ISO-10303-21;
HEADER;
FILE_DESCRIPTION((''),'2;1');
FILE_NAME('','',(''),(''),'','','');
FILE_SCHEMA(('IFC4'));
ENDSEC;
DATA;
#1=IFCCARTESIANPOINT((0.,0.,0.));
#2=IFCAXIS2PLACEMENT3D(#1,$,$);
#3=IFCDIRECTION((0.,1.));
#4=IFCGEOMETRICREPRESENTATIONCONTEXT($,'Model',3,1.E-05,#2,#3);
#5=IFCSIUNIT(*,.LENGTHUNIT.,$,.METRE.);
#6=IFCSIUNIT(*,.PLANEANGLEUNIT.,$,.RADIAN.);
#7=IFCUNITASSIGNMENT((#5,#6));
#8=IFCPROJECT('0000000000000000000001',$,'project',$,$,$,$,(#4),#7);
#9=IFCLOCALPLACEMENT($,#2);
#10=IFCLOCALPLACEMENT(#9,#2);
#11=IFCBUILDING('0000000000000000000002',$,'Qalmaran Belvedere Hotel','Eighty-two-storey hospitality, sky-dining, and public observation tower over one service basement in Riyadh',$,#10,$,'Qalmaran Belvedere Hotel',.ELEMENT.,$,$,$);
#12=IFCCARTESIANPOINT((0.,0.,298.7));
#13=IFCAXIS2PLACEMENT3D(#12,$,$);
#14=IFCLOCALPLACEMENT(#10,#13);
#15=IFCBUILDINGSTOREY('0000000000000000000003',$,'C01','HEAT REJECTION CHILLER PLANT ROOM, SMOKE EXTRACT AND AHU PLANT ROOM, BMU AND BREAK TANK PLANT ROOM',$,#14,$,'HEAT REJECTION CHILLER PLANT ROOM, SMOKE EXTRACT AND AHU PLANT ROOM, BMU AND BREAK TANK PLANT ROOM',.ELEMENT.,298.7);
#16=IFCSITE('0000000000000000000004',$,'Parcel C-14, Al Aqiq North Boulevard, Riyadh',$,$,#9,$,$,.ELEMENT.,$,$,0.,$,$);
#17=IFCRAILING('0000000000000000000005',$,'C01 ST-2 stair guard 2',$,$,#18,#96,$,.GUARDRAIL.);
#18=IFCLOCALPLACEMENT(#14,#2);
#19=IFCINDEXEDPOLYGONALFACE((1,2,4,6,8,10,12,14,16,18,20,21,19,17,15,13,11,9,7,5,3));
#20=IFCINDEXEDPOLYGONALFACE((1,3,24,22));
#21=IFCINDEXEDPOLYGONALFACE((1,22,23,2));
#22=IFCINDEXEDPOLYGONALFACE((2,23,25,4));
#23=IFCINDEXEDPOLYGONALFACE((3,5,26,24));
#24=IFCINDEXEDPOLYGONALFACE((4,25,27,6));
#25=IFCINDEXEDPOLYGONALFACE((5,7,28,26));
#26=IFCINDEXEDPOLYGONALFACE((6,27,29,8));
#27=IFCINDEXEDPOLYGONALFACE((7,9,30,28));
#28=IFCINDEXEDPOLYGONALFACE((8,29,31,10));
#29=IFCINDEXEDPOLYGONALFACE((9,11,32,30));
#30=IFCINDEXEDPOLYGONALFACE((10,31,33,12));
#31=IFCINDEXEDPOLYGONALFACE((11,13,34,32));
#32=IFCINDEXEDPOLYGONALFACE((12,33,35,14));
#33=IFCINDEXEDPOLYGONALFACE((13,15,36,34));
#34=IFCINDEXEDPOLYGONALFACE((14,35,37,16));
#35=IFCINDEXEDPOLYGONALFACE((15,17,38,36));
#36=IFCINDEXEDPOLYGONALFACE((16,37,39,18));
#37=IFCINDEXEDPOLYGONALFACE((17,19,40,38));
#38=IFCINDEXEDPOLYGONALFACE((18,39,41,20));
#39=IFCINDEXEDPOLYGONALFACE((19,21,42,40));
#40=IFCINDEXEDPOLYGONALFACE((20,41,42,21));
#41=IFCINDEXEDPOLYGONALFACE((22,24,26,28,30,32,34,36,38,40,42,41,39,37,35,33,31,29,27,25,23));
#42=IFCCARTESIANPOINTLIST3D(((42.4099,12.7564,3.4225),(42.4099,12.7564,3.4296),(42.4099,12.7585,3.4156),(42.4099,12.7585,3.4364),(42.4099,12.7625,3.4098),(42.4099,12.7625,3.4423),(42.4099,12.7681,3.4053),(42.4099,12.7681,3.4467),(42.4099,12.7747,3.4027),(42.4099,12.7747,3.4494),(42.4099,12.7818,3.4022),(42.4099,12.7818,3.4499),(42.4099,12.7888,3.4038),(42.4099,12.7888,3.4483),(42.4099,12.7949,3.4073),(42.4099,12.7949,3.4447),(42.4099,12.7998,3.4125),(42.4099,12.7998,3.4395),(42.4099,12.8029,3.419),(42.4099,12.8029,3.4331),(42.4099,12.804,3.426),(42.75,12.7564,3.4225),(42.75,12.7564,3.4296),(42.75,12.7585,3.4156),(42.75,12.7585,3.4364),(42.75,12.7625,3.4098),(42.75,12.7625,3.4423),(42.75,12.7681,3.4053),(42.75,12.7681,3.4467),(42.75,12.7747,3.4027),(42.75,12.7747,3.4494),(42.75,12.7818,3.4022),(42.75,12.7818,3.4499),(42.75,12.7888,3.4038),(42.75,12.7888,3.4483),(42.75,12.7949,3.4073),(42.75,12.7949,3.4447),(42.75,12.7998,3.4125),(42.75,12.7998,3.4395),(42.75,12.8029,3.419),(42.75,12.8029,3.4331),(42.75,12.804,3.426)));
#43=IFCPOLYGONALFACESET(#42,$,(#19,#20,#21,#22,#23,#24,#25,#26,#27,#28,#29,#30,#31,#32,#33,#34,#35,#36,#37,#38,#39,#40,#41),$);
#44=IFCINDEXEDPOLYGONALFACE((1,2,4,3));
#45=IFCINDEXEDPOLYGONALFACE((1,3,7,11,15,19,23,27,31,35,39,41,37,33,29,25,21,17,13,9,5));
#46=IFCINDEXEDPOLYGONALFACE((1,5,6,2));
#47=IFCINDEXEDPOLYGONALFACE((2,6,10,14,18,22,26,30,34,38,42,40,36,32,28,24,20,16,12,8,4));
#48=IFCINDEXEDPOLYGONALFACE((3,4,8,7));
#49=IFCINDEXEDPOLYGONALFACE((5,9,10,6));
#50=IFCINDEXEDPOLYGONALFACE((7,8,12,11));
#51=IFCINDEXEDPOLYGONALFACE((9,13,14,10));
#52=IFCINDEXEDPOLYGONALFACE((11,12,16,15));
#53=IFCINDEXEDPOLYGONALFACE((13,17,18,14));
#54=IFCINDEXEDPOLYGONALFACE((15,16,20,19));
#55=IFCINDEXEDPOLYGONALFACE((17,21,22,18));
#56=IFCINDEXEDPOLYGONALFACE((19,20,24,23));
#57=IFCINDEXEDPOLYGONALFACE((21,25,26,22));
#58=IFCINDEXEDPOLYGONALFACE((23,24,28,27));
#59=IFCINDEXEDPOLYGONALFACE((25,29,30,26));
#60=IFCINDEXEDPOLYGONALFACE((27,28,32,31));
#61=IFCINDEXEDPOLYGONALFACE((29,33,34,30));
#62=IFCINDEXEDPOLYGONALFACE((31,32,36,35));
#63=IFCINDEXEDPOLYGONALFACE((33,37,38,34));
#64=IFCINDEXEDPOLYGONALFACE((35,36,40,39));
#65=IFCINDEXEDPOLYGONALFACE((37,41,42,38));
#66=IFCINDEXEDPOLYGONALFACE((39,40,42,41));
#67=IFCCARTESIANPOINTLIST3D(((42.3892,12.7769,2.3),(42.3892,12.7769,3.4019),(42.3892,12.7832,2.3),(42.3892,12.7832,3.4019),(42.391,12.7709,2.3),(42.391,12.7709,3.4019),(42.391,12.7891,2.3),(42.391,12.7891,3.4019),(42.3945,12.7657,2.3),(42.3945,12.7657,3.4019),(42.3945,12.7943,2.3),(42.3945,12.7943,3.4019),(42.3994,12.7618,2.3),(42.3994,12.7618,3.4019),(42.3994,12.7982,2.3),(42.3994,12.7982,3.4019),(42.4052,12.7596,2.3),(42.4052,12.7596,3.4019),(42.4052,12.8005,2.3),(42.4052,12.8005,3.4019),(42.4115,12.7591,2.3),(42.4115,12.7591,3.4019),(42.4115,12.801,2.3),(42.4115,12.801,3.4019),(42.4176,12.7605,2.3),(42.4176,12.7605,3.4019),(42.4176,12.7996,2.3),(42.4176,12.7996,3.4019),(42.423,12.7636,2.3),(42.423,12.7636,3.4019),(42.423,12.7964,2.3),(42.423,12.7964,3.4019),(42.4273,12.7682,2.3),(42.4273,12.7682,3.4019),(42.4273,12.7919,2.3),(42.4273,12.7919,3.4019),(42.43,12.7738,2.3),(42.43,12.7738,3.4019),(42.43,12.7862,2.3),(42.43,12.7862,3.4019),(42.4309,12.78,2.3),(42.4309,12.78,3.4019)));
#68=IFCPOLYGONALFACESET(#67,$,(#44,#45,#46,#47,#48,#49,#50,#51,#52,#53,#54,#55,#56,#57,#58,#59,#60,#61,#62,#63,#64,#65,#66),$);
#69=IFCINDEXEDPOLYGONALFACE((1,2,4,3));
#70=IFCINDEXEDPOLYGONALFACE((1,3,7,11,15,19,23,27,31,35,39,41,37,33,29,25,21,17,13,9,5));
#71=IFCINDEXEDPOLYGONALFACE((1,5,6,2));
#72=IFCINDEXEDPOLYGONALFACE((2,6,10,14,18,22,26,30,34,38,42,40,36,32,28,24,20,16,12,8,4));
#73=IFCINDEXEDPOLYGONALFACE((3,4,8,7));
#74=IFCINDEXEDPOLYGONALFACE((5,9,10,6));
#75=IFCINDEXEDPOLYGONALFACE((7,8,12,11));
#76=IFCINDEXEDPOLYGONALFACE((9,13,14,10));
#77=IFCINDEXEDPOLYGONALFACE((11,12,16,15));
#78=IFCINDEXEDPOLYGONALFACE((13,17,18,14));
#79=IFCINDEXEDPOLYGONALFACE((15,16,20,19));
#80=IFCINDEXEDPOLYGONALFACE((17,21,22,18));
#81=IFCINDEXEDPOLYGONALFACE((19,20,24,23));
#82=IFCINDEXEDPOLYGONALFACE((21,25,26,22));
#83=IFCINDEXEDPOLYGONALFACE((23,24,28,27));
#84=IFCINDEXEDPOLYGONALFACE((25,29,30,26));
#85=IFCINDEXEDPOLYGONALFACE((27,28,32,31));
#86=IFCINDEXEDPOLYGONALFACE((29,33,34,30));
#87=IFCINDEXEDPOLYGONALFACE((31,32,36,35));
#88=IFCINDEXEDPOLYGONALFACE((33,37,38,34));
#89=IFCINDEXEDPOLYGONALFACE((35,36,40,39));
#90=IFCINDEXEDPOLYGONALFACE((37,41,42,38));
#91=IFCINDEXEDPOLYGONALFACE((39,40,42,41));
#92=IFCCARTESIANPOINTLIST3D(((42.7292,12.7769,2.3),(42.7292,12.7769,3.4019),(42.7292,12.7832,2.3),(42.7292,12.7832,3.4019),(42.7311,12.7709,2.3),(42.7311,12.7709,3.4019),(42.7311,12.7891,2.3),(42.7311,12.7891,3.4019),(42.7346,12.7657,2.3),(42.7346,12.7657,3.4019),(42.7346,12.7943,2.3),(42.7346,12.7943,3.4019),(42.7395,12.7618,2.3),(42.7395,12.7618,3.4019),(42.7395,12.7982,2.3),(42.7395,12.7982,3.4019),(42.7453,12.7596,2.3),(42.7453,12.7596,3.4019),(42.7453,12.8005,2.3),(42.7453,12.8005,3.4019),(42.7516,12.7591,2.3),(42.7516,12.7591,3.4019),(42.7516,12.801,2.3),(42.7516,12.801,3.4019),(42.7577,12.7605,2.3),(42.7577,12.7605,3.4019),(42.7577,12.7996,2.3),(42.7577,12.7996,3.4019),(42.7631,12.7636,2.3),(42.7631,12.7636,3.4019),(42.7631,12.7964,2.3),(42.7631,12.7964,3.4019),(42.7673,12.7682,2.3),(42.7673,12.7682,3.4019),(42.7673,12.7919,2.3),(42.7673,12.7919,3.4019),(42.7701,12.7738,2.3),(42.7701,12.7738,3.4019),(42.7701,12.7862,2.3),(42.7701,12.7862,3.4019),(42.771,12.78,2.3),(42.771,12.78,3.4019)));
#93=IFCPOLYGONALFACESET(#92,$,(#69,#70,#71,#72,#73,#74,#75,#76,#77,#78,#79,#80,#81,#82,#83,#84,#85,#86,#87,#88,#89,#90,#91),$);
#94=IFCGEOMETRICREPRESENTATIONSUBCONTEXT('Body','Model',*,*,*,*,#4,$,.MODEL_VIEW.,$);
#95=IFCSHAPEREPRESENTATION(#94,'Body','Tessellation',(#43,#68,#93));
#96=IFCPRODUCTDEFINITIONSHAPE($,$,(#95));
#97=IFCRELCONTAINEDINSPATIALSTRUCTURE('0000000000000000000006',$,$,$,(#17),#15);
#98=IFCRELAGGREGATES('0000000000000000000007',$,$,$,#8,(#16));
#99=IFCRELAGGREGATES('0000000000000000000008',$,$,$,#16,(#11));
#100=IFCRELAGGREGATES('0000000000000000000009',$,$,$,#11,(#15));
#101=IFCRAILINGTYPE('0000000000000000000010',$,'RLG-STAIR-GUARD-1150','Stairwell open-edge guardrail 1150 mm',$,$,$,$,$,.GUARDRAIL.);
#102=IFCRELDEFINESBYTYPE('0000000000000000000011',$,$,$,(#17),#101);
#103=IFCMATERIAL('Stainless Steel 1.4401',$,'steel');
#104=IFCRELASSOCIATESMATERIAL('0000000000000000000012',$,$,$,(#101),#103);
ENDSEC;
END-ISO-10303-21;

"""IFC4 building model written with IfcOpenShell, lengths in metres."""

from ifc_helpers import new_model, si_unit, direction, frame, origin, origin_2d, place, context, subcontext, project, spatial, circle, extrude, material, type_object, element, save


model = new_model("IFC4")

# Units and contexts
model_context = context("Model", 3, precision=1e-05, world=origin(), true_north=direction((0.0, 1.0)))
body_context = subcontext(model_context, "Body", "Model", "MODEL_VIEW")
ifc_project = project(units=[si_unit("LENGTHUNIT", "METRE"), si_unit("PLANEANGLEUNIT", "RADIAN")], contexts=[model_context])

# Site, building, storey
site_placement = place(None, origin())
site = spatial("IfcSite", under=ifc_project, at=site_placement, Name="Parcel C-14, Al Aqiq North Boulevard, Riyadh", CompositionType="ELEMENT", RefElevation=0.0)
building_placement = place(site_placement, origin())
building = spatial("IfcBuilding", under=site, at=building_placement, Name="Qalmaran Belvedere Hotel", Description="Eighty-two-storey hospitality, sky-dining, and public observation tower over one service basement in Riyadh", LongName="Qalmaran Belvedere Hotel", CompositionType="ELEMENT")
storey_placement = place(building_placement, frame((0.0, 0.0, 298.7)))
storey = spatial("IfcBuildingStorey", under=building, at=storey_placement, Name="C01", Description="HEAT REJECTION CHILLER PLANT ROOM, SMOKE EXTRACT AND AHU PLANT ROOM, BMU AND BREAK TANK PLANT ROOM", LongName="HEAT REJECTION CHILLER PLANT ROOM, SMOKE EXTRACT AND AHU PLANT ROOM, BMU AND BREAK TANK PLANT ROOM", CompositionType="ELEMENT", Elevation=298.7)

# Railing
ifc_material_1 = material(Name="Stainless Steel 1.4401", Category="steel")
railing_type_1 = type_object("IfcRailingType", Name="RLG-STAIR-GUARD-1150", Description="Stairwell open-edge guardrail 1150 mm", PredefinedType="GUARDRAIL", material=ifc_material_1)
railing_1_placement = place(storey_placement, frame((42.4099, 12.78, 2.3)))
element("IfcRailing", 1, at=railing_1_placement, inside=storey, type_object=railing_type_1, Name="C01 ST-2 stair guard 2", PredefinedType="GUARDRAIL", context=body_context, shape_type="SweptSolid", body=[
    extrude(circle(Radius=0.0239, at=origin_2d()), frame((0.0, 0.0, 1.126), z_axis=(1.0, 0.0, 0.0), x_axis=(0.0, 1.0, 0.0)), (0.0, 0.0, 1.0), 0.3401),
    extrude(circle(Radius=0.021, at=origin_2d()), origin(), (0.0, 0.0, 1.0), 1.1018),
    extrude(circle(Radius=0.021, at=origin_2d()), frame((0.3401, 0.0, 0.0)), (0.0, 0.0, 1.0), 1.1018),
])

save(model, "model.ifc")
